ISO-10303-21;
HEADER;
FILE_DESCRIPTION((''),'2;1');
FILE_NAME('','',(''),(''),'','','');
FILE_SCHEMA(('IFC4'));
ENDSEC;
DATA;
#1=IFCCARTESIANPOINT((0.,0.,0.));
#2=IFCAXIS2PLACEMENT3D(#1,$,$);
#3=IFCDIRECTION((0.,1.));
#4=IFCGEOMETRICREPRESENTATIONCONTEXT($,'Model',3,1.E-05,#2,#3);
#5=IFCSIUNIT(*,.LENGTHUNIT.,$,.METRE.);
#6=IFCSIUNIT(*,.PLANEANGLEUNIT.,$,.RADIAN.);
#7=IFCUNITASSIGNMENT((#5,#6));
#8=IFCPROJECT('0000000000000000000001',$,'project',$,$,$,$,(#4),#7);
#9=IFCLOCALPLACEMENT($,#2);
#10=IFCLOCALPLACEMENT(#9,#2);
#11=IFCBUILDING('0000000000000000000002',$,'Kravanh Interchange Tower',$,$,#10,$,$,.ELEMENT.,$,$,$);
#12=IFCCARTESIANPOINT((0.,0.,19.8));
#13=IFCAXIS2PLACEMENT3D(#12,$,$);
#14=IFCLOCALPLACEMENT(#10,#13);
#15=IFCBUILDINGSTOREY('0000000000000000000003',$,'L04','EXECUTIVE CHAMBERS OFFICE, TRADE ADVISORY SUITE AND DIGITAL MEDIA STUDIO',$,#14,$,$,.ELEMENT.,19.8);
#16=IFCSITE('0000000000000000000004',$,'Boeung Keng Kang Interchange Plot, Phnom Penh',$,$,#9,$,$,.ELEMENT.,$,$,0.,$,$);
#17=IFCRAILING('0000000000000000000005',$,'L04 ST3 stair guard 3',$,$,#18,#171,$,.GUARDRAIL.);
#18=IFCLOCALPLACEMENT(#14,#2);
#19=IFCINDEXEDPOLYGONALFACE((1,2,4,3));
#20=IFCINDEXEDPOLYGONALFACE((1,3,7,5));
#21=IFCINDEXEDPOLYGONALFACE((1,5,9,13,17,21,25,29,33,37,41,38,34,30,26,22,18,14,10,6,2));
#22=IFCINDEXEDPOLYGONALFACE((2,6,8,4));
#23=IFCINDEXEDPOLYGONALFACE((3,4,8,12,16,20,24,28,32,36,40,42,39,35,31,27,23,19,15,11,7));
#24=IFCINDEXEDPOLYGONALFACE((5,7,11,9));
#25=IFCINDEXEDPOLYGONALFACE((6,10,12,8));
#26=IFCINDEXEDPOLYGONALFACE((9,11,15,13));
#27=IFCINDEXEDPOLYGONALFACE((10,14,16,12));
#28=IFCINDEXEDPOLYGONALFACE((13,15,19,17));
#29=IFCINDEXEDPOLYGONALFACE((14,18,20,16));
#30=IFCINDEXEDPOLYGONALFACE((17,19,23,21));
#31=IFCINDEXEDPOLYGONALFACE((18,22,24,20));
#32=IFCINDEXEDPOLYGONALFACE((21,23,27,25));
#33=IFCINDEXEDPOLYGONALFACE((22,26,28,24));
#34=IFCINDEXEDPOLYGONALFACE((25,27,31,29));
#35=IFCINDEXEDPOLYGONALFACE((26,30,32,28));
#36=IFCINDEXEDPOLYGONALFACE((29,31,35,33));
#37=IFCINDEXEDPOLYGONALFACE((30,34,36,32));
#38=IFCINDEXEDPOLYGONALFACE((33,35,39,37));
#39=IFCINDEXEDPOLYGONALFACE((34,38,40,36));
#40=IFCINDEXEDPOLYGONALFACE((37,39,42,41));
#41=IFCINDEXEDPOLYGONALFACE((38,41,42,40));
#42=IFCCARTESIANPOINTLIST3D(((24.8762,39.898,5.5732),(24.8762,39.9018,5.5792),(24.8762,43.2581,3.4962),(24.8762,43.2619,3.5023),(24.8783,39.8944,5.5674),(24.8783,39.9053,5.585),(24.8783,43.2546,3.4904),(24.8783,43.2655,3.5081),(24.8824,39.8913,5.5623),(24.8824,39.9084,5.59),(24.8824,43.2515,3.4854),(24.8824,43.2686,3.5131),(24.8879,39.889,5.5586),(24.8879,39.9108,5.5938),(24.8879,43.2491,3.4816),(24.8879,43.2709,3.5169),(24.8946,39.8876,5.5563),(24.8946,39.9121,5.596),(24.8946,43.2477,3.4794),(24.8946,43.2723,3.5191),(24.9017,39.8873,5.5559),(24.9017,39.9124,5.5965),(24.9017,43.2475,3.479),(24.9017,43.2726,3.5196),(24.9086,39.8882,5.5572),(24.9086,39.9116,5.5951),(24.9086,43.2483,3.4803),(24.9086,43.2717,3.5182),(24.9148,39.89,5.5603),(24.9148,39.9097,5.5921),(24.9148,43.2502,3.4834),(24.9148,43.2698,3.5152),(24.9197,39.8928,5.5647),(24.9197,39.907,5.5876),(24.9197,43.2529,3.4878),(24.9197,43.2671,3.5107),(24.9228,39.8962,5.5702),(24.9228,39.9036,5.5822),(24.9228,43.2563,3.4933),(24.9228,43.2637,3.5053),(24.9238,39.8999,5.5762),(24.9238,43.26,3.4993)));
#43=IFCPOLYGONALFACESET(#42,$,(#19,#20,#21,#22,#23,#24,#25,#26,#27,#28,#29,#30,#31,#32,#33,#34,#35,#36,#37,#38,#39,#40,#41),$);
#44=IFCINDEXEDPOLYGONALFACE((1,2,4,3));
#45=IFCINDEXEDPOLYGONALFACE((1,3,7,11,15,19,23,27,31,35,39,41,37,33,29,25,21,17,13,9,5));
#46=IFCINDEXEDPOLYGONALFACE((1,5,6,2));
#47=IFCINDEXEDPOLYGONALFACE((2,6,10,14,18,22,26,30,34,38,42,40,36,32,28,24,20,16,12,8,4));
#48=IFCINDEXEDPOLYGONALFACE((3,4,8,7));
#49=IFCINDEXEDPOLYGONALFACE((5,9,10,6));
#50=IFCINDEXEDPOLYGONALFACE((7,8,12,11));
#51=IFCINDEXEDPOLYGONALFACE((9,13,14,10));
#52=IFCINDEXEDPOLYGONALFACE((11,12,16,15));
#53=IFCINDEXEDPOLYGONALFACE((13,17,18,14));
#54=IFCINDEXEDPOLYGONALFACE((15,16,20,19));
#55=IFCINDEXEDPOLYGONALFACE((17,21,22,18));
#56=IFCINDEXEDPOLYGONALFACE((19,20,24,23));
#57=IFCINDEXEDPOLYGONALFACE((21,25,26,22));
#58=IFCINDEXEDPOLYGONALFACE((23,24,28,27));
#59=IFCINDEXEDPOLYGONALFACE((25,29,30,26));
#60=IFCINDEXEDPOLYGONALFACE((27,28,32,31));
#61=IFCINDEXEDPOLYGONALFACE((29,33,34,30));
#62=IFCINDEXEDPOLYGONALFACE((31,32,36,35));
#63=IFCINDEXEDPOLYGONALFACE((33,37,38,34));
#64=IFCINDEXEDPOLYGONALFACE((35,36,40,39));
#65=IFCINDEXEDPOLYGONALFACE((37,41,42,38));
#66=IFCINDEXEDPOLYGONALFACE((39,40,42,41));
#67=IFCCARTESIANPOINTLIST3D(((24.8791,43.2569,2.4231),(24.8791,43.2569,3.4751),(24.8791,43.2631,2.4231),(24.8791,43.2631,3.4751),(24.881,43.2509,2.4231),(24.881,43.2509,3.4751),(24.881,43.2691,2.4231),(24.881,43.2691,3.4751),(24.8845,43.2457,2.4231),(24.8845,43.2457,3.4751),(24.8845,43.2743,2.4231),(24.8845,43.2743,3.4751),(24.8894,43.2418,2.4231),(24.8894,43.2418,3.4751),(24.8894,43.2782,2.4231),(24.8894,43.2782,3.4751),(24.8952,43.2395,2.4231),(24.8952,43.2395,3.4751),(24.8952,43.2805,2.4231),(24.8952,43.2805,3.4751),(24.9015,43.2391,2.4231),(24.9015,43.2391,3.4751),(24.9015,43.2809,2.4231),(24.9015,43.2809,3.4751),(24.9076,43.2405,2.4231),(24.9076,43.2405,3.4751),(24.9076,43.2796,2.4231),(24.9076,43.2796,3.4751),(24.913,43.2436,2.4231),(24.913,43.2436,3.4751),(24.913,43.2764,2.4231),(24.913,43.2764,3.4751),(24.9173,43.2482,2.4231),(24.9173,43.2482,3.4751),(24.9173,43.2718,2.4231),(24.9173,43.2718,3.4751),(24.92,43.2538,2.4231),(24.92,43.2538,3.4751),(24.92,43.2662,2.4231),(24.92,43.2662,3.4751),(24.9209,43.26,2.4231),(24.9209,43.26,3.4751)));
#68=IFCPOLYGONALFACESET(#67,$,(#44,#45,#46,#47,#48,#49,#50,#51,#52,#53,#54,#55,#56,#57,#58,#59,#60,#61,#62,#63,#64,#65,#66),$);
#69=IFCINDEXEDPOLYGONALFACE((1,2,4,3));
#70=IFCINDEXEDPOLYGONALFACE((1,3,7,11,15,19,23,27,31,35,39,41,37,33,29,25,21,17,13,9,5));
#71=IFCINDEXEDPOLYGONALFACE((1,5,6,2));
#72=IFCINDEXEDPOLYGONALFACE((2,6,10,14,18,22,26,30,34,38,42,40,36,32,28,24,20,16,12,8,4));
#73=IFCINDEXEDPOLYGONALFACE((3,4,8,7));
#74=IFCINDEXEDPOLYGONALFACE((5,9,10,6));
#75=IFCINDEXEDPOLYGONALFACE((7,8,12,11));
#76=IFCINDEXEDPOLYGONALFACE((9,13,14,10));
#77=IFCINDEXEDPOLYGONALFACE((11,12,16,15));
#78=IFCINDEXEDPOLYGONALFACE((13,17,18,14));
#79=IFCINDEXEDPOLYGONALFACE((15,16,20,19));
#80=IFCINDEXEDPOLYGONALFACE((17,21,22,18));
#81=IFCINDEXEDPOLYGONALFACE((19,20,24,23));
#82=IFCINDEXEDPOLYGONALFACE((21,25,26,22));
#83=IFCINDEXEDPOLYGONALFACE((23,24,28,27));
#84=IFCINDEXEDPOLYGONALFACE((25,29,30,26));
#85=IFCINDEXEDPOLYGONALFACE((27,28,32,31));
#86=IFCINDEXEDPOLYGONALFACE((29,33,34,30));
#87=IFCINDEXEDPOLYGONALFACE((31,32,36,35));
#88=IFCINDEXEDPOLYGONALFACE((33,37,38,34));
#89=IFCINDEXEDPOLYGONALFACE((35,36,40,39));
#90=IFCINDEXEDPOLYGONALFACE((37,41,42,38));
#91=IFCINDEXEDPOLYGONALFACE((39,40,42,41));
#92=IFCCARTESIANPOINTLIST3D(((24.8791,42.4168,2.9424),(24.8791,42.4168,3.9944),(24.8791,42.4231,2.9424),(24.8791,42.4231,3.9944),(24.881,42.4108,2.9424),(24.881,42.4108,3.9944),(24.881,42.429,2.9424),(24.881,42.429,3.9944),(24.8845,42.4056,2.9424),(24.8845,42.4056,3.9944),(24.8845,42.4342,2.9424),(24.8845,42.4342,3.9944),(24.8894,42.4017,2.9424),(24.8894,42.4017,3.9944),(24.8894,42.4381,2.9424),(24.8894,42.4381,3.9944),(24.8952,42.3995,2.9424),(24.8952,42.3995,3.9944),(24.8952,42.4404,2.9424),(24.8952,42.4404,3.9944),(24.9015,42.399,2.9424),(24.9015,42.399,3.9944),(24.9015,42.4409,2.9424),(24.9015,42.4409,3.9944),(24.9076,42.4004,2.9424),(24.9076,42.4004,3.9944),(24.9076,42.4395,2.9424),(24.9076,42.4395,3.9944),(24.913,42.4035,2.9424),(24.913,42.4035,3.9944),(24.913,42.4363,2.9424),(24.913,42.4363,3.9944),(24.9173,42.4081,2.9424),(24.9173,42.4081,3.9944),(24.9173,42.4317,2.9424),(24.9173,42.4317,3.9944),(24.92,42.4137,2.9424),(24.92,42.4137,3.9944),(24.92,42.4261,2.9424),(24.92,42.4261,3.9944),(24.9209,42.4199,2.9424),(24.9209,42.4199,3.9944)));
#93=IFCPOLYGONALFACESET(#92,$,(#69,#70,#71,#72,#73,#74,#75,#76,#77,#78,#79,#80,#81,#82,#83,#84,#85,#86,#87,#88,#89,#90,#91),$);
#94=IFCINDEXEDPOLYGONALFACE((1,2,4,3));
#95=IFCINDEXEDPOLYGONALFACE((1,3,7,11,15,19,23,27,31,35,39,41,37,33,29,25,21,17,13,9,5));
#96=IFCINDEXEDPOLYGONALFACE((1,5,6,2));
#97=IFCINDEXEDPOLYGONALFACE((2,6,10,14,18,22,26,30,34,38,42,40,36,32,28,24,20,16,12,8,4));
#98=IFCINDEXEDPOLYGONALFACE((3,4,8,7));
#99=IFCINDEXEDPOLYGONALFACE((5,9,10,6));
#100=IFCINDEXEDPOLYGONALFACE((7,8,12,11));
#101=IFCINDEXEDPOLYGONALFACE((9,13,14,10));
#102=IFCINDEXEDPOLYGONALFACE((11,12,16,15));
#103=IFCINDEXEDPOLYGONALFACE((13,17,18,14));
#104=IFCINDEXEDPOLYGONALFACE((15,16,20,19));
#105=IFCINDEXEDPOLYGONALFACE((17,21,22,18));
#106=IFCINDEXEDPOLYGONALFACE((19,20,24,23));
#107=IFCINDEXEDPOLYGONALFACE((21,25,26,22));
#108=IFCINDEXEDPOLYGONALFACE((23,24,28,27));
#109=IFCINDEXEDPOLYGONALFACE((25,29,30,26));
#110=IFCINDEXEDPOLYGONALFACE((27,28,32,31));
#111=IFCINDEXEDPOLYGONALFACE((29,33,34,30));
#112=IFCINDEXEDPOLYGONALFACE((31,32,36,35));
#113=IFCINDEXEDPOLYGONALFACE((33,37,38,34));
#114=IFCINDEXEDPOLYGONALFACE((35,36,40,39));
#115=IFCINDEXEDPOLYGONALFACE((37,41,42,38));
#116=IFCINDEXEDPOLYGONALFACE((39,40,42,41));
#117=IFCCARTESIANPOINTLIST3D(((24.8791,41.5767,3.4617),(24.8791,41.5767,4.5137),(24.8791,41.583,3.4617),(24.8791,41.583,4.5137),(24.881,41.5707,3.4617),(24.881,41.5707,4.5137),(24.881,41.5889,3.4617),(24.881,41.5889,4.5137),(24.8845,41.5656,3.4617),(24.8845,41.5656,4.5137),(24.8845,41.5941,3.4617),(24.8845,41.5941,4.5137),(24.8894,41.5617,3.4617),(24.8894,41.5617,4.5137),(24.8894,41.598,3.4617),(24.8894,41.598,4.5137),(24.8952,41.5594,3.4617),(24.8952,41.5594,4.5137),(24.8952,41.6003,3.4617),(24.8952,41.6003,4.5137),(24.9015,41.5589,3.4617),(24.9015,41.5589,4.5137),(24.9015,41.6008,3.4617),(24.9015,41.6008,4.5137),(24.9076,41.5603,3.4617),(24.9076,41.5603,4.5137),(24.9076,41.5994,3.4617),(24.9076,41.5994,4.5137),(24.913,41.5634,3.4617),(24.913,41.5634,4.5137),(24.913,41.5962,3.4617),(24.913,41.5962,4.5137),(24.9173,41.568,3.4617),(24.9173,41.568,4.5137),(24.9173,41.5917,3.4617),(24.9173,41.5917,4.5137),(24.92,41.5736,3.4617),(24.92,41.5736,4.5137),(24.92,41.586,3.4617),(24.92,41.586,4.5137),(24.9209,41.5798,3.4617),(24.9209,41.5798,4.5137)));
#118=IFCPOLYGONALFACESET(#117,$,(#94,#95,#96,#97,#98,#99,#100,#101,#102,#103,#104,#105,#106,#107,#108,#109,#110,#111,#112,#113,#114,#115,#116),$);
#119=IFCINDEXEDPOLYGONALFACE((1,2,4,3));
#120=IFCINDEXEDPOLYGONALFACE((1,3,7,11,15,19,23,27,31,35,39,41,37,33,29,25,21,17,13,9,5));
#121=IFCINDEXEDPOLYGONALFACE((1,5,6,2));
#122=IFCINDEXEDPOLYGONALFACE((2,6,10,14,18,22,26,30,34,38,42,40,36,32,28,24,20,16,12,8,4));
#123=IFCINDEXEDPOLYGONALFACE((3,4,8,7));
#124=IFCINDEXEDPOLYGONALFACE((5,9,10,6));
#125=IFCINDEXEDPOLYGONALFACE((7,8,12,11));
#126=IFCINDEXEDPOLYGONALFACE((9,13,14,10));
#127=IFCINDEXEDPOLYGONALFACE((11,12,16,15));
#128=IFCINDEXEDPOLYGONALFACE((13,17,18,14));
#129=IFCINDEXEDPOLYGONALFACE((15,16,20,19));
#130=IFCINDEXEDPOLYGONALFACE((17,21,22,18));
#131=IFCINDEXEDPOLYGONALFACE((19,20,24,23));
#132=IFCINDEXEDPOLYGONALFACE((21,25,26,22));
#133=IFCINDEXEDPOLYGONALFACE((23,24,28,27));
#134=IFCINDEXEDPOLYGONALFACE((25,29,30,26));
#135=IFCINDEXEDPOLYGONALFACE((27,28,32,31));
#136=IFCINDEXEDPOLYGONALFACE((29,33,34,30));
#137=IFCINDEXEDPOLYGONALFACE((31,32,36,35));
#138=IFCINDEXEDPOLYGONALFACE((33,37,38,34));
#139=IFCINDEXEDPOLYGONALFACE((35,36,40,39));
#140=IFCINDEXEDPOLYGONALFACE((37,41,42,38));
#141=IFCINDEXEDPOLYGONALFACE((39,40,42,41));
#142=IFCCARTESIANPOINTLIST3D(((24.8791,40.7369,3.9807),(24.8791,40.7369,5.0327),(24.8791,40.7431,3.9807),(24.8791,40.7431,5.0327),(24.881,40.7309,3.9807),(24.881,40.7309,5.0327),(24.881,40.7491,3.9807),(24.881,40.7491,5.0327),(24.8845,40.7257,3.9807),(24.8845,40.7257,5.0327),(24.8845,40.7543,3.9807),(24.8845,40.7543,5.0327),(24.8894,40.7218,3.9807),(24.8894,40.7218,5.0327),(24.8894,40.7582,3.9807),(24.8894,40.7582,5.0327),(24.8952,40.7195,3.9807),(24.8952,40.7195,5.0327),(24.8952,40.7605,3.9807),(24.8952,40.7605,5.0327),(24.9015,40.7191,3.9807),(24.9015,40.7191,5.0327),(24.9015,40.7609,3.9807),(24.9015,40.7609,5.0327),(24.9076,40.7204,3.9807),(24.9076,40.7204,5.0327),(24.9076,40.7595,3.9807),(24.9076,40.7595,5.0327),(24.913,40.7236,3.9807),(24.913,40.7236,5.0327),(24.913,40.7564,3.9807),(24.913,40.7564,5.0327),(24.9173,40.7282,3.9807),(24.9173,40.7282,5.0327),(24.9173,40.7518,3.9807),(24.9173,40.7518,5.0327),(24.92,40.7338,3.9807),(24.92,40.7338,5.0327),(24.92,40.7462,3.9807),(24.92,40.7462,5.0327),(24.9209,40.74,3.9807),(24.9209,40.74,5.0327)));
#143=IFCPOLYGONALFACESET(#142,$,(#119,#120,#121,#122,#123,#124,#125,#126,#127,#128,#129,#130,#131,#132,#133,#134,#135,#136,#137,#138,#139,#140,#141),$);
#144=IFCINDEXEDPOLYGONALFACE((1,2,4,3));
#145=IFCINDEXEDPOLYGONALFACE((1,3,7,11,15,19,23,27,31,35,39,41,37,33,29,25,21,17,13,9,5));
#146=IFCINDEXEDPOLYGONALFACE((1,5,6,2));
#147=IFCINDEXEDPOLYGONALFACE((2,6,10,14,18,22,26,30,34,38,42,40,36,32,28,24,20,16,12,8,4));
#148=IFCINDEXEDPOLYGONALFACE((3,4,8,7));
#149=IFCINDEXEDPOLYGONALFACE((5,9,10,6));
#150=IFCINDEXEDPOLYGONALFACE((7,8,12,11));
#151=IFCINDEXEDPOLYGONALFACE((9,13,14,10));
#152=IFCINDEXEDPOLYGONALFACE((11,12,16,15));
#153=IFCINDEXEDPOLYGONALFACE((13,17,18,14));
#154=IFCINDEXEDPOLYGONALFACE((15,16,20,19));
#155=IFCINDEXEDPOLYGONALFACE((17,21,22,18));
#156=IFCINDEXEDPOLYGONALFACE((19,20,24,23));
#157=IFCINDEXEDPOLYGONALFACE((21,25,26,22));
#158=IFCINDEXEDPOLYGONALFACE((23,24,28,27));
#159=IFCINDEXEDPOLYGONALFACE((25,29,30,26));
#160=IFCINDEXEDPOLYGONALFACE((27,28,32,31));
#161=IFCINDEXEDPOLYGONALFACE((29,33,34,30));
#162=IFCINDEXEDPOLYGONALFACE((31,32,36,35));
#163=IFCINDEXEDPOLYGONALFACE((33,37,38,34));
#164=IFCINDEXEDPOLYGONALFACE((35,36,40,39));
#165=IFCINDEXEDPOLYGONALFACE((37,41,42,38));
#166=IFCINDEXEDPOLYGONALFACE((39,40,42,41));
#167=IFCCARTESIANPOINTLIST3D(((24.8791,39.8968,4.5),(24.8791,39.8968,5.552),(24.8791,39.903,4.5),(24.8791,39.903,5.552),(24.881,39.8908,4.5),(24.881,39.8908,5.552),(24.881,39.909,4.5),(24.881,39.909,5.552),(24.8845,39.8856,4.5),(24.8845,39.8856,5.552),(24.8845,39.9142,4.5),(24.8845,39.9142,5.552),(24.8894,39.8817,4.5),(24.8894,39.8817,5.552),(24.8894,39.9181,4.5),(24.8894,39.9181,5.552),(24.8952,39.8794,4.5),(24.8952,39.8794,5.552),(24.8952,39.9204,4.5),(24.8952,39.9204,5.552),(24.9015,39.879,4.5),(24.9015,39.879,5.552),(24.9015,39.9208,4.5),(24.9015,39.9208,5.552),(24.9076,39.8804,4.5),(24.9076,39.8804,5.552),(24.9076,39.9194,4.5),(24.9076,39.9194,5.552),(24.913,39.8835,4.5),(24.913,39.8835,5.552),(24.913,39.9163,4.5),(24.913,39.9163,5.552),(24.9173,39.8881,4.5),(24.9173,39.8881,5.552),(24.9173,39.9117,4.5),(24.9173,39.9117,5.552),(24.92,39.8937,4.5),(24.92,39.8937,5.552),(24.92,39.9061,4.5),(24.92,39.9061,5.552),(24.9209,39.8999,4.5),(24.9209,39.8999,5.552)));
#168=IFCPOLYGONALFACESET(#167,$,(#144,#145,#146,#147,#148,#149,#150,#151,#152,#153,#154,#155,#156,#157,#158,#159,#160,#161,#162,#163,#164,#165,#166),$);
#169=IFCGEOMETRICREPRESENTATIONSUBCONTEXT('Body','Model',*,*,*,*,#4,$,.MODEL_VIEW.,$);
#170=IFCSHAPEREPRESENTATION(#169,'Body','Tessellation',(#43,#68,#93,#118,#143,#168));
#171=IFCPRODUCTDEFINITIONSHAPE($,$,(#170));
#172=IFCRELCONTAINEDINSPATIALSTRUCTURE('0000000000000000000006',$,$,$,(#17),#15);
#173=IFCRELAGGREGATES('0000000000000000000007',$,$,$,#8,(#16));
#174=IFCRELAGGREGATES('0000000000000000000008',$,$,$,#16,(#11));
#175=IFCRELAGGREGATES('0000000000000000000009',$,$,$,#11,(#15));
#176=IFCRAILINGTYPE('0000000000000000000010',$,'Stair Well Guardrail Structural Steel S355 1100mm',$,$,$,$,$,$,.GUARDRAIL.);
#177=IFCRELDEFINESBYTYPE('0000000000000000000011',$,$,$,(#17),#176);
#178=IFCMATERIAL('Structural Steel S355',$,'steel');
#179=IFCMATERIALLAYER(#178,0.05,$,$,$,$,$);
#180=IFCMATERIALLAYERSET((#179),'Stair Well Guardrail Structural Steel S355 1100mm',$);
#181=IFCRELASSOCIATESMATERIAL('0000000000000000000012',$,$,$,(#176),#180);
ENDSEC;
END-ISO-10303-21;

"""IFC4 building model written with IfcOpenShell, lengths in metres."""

from ifc_helpers import new_model, si_unit, direction, frame, origin, origin_2d, place, context, subcontext, project, spatial, circle, extrude, material, layer, layer_set, type_object, element, save


model = new_model("IFC4")

# Units and contexts
model_context = context("Model", 3, precision=1e-05, world=origin(), true_north=direction((0.0, 1.0)))
body_context = subcontext(model_context, "Body", "Model", "MODEL_VIEW")
ifc_project = project(units=[si_unit("LENGTHUNIT", "METRE"), si_unit("PLANEANGLEUNIT", "RADIAN")], contexts=[model_context])

# Site, building, storey
site_placement = place(None, origin())
site = spatial("IfcSite", under=ifc_project, at=site_placement, Name="Boeung Keng Kang Interchange Plot, Phnom Penh", CompositionType="ELEMENT", RefElevation=0.0)
building_placement = place(site_placement, origin())
building = spatial("IfcBuilding", under=site, at=building_placement, Name="Kravanh Interchange Tower", CompositionType="ELEMENT")
storey_placement = place(building_placement, frame((0.0, 0.0, 19.8)))
storey = spatial("IfcBuildingStorey", under=building, at=storey_placement, Name="L04", Description="EXECUTIVE CHAMBERS OFFICE, TRADE ADVISORY SUITE AND DIGITAL MEDIA STUDIO", CompositionType="ELEMENT", Elevation=19.8)

# Railing
ifc_material_1 = material(Name="Structural Steel S355", Category="steel")
ifc_layer_1 = layer(ifc_material_1, 0.05)
ifc_layer_set_1 = layer_set([ifc_layer_1], Name="Stair Well Guardrail Structural Steel S355 1100mm")
railing_type_1 = type_object("IfcRailingType", Name="Stair Well Guardrail Structural Steel S355 1100mm", PredefinedType="GUARDRAIL", material=ifc_layer_set_1)
railing_1_placement = place(storey_placement, frame((24.8999, 43.26, 2.4231)))
element("IfcRailing", 1, at=railing_1_placement, inside=storey, type_object=railing_type_1, Name="L04 ST3 stair guard 3", PredefinedType="GUARDRAIL", context=body_context, shape_type="SweptSolid", body=[
    extrude(circle(Radius=0.0239, at=origin_2d()), frame((0.0, 0.0, 1.0762), z_axis=(0.0, -0.850623, 0.525776), x_axis=(1.0, 0.0, 0.0)), (0.0, 0.0, 1.0), 3.9502),
    extrude(circle(Radius=0.021, at=origin_2d()), origin(), (0.0, 0.0, 1.0), 1.052),
    extrude(circle(Radius=0.021, at=origin_2d()), frame((0.0, -0.8401, 0.5193)), (0.0, 0.0, 1.0), 1.052),
    extrude(circle(Radius=0.021, at=origin_2d()), frame((0.0, -1.6802, 1.0386)), (0.0, 0.0, 1.0), 1.052),
    extrude(circle(Radius=0.021, at=origin_2d()), frame((0.0, -2.52, 1.5576)), (0.0, 0.0, 1.0), 1.052),
    extrude(circle(Radius=0.021, at=origin_2d()), frame((0.0, -3.3601, 2.0769)), (0.0, 0.0, 1.0), 1.052),
])

save(model, "model.ifc")
